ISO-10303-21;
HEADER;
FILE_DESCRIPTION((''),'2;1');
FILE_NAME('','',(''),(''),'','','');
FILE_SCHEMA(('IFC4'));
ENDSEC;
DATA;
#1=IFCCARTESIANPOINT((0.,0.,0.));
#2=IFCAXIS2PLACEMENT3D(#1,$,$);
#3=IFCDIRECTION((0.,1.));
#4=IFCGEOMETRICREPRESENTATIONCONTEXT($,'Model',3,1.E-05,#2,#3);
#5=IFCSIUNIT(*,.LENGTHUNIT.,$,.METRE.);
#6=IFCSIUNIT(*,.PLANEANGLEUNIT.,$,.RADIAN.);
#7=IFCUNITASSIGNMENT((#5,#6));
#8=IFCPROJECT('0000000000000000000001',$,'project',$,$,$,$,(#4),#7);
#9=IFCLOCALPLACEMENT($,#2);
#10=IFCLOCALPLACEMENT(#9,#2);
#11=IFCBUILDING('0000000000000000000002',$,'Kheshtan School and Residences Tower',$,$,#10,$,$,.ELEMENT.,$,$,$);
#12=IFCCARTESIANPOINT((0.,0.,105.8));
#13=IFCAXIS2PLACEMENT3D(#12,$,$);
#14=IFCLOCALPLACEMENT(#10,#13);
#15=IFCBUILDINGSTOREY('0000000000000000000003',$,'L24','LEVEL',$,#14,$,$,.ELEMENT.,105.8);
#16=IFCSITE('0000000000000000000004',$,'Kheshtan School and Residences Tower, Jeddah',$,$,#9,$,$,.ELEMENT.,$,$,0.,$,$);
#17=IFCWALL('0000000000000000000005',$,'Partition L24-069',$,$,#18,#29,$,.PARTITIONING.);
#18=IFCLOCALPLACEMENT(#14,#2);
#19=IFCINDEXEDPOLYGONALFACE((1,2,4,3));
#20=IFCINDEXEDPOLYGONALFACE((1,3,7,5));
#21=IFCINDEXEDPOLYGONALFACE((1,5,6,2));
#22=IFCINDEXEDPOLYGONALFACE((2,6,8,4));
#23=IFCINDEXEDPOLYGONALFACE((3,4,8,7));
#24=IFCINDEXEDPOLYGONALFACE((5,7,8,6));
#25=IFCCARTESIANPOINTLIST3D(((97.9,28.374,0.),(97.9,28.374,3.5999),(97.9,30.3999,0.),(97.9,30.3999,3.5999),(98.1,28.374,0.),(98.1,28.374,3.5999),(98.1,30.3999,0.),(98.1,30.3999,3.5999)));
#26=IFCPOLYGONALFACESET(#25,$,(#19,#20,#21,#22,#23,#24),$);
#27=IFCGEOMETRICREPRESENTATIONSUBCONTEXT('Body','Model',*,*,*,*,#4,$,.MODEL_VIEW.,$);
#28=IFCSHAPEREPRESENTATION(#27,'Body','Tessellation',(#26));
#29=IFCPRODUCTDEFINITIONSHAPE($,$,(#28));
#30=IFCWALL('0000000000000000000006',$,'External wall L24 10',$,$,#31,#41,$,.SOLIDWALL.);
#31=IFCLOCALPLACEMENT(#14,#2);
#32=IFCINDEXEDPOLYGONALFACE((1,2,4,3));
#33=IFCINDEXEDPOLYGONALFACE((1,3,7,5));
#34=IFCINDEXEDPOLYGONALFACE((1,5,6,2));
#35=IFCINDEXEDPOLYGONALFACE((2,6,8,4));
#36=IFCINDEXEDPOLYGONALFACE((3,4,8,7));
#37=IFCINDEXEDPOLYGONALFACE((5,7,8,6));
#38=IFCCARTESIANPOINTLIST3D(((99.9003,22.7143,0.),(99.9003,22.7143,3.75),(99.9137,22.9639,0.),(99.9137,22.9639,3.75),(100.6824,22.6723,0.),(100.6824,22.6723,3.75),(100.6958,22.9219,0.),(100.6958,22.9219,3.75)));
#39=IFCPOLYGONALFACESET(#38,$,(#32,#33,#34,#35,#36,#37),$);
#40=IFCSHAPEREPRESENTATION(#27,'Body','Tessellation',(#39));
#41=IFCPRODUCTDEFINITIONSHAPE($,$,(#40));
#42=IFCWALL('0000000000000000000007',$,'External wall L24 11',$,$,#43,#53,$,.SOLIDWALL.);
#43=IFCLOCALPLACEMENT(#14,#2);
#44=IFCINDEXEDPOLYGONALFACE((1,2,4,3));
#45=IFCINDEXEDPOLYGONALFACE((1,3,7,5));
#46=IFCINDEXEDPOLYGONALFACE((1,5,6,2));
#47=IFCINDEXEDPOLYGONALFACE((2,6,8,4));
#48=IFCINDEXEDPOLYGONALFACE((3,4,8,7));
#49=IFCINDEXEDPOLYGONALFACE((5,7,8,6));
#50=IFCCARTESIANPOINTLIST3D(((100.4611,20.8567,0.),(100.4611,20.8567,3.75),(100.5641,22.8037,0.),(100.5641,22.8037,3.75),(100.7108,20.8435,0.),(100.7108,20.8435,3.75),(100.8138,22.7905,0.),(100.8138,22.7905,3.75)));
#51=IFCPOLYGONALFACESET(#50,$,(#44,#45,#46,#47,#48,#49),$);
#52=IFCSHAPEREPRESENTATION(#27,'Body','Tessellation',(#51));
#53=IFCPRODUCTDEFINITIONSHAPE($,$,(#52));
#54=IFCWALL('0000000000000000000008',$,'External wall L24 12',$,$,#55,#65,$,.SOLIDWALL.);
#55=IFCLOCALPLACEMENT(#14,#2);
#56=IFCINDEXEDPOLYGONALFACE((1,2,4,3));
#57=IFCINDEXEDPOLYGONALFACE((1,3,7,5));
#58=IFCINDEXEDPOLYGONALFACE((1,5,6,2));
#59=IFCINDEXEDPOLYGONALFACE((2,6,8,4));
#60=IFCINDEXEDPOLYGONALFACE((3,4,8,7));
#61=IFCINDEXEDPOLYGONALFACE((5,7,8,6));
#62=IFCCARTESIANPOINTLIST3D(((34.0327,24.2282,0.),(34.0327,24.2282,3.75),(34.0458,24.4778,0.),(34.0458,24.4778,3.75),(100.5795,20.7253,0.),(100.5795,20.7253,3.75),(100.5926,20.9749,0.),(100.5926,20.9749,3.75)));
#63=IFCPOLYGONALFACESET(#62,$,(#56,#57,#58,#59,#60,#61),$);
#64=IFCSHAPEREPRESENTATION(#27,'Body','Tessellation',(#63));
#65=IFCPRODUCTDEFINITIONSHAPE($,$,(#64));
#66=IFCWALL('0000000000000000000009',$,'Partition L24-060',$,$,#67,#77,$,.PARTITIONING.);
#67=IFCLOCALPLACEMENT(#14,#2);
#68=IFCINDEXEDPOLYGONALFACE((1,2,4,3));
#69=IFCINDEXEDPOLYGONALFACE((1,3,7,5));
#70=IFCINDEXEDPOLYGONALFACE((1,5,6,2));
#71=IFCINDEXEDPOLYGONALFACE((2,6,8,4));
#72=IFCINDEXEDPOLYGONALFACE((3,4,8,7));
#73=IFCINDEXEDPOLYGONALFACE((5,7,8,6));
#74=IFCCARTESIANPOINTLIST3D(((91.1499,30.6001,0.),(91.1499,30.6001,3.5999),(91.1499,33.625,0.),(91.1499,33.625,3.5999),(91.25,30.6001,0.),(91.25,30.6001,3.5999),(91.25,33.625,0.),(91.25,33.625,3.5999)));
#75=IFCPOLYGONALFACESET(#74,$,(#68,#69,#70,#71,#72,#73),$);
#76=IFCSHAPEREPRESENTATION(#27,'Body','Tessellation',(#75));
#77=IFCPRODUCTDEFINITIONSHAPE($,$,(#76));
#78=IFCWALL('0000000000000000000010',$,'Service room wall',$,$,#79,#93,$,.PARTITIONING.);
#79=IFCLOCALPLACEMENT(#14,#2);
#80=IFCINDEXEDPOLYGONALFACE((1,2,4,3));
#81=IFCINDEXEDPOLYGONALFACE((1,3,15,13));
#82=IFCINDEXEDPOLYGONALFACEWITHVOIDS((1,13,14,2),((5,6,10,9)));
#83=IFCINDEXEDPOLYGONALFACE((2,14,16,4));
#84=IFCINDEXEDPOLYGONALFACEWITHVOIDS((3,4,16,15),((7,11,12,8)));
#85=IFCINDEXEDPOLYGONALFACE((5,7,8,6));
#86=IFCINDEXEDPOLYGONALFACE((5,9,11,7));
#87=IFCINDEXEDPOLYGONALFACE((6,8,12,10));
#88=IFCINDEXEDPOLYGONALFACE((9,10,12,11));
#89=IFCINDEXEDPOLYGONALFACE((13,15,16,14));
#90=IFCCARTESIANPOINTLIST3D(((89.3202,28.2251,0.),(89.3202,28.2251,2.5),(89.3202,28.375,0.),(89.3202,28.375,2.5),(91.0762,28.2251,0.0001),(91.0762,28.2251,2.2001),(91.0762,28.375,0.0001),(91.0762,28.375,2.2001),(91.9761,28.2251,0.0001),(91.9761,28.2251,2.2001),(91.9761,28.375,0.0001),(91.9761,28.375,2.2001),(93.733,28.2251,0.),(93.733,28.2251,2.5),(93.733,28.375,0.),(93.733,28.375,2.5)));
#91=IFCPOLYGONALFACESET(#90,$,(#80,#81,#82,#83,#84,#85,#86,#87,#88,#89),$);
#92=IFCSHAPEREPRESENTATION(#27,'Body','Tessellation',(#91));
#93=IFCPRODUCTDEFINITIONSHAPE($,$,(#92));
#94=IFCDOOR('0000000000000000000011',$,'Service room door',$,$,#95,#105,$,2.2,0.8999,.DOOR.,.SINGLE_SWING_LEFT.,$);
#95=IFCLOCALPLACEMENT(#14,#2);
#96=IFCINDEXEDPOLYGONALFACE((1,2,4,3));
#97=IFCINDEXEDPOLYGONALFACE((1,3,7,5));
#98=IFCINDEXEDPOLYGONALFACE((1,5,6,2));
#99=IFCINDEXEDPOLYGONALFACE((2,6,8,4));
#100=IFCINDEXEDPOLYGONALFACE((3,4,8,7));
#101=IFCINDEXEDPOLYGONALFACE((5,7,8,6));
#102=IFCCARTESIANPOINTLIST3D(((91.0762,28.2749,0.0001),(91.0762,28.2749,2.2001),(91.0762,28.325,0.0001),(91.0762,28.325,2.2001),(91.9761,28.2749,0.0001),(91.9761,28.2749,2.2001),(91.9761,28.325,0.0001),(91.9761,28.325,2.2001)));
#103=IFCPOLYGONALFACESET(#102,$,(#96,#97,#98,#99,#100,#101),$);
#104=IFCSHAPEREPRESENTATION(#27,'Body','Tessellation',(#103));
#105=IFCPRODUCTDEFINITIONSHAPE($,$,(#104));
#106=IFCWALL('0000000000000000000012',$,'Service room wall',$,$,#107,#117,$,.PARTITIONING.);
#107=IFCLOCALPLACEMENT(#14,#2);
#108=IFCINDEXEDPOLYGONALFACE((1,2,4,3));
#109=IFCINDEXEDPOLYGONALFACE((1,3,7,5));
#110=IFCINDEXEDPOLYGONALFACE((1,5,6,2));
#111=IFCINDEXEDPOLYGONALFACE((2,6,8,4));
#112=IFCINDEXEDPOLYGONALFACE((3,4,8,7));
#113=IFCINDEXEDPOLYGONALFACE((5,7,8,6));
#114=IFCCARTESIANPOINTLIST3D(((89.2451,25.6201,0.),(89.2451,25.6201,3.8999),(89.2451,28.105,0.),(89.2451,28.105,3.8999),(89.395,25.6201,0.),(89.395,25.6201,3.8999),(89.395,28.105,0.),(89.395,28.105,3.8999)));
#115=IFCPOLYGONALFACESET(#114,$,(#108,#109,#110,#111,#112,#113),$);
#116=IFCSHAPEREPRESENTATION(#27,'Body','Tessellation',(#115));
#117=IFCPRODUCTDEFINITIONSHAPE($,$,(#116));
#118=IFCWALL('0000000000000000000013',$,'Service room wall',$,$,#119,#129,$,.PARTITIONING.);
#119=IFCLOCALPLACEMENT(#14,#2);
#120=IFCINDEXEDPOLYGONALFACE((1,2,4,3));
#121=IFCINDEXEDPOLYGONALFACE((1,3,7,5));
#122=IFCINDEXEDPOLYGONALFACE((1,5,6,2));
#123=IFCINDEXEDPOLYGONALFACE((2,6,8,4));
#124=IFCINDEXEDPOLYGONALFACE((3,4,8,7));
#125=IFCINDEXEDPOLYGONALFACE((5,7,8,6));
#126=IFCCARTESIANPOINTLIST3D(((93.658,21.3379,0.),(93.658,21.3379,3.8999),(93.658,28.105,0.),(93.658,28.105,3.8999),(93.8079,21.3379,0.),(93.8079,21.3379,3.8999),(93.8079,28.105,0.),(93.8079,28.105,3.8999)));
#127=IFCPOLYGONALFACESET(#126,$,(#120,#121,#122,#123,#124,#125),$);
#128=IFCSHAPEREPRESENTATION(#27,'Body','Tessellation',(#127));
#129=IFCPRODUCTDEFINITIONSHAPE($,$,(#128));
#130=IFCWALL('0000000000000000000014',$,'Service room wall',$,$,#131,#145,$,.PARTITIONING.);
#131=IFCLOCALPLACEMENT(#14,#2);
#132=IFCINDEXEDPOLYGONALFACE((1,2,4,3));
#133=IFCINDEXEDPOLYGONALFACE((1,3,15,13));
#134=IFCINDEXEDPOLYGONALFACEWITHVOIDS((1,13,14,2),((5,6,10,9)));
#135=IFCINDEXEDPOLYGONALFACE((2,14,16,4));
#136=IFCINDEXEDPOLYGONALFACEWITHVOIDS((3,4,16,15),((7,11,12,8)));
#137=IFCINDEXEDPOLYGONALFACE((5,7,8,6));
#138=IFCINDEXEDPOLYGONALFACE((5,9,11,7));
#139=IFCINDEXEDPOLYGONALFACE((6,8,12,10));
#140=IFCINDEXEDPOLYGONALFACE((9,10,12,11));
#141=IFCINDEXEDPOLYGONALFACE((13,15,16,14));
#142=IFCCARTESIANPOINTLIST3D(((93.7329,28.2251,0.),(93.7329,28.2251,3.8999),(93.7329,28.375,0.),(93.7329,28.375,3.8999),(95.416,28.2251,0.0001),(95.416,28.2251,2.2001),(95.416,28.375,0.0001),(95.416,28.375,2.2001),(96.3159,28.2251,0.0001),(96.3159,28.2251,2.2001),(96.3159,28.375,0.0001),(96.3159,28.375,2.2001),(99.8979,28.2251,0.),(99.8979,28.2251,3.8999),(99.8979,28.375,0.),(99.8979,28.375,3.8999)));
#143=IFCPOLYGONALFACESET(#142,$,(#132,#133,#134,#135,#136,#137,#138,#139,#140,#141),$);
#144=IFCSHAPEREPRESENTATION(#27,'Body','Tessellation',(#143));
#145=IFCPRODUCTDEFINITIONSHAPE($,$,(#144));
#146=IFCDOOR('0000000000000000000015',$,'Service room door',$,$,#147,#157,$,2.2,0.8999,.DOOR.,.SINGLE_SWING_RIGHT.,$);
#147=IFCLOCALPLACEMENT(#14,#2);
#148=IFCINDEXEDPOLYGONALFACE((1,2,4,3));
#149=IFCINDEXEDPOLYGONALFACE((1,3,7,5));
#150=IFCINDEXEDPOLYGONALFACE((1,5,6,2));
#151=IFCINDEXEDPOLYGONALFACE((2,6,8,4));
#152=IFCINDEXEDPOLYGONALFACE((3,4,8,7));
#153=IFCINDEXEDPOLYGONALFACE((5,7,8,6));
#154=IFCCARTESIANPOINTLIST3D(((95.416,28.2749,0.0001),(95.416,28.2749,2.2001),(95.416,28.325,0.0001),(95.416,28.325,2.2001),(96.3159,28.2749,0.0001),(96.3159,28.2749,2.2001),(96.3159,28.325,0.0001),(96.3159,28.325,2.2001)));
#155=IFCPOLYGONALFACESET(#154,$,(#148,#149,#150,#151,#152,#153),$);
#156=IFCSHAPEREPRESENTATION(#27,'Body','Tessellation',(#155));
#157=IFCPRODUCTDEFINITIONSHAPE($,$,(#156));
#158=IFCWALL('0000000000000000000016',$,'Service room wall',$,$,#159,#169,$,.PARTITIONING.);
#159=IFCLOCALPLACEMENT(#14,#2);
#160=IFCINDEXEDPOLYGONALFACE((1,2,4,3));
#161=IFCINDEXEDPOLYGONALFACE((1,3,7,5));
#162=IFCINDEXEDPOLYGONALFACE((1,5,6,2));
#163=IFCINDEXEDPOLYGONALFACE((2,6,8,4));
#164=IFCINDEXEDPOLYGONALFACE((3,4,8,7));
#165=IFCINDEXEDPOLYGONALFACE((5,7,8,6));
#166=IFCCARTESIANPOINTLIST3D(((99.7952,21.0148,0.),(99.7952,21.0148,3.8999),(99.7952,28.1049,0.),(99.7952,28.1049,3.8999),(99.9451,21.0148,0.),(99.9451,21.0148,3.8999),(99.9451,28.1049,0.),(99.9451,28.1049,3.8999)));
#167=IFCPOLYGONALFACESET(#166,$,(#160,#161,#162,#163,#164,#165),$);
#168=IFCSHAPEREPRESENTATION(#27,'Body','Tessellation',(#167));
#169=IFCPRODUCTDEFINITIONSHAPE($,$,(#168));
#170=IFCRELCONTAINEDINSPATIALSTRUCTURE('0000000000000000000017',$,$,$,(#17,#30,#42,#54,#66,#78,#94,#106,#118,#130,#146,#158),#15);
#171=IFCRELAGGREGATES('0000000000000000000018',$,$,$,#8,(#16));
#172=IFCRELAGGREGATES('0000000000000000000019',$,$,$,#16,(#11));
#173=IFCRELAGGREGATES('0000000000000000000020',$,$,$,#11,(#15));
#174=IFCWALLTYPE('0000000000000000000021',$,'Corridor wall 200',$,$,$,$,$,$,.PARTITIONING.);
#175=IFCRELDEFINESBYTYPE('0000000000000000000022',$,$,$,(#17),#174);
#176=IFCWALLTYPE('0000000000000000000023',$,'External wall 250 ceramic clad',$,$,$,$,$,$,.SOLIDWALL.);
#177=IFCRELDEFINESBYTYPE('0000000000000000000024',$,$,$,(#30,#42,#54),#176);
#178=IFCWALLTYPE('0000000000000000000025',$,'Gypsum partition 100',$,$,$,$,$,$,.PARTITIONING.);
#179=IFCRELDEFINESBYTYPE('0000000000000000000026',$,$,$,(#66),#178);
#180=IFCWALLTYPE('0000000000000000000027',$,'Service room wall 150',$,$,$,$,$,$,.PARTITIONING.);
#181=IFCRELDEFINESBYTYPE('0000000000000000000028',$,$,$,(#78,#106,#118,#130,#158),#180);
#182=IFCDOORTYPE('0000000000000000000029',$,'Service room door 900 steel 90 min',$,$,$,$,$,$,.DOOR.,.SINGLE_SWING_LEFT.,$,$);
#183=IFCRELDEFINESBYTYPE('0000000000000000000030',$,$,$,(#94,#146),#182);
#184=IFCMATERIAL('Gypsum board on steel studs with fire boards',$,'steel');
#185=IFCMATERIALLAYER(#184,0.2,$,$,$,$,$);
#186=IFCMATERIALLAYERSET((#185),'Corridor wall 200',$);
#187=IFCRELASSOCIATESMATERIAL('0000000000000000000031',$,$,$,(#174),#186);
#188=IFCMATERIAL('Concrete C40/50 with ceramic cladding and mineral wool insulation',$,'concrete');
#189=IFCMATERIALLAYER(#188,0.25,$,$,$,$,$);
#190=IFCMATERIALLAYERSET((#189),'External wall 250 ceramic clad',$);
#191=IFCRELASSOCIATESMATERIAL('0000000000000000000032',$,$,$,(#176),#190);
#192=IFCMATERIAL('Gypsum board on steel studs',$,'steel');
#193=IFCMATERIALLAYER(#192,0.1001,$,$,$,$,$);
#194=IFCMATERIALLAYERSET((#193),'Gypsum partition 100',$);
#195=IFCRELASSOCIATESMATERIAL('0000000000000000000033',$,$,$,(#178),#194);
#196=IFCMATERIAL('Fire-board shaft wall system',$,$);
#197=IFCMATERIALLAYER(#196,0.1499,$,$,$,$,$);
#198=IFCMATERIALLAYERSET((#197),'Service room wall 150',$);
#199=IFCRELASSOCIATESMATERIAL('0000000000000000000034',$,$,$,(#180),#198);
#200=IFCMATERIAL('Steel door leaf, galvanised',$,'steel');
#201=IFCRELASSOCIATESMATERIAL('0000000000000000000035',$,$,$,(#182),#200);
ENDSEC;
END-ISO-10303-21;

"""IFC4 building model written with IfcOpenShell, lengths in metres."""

from ifc_helpers import new_model, si_unit, direction, frame, frame_2d, origin, place, context, subcontext, project, spatial, rectangle, extrude, source, transform, mapped, material, layer, layer_set, type_object, element, fill, save


model = new_model("IFC4")

# Units and contexts
model_context = context("Model", 3, precision=1e-05, world=origin(), true_north=direction((0.0, 1.0)))
body_context = subcontext(model_context, "Body", "Model", "MODEL_VIEW")
ifc_project = project(units=[si_unit("LENGTHUNIT", "METRE"), si_unit("PLANEANGLEUNIT", "RADIAN")], contexts=[model_context])

# Site, building, storey
site_placement = place(None, origin())
site = spatial("IfcSite", under=ifc_project, at=site_placement, Name="Kheshtan School and Residences Tower, Jeddah", CompositionType="ELEMENT", RefElevation=0.0)
building_placement = place(site_placement, origin())
building = spatial("IfcBuilding", under=site, at=building_placement, Name="Kheshtan School and Residences Tower", CompositionType="ELEMENT")
storey_placement = place(building_placement, frame((0.0, 0.0, 105.8)))
storey = spatial("IfcBuildingStorey", under=building, at=storey_placement, Name="L24", Description="LEVEL", CompositionType="ELEMENT", Elevation=105.8)

# Walls
ifc_material_1 = material(Name="Gypsum board on steel studs with fire boards", Category="steel")
ifc_layer_1 = layer(ifc_material_1, 0.2)
ifc_layer_set_1 = layer_set([ifc_layer_1], Name="Corridor wall 200")
wall_type_1 = type_object("IfcWallType", Name="Corridor wall 200", PredefinedType="PARTITIONING", material=ifc_layer_set_1)
wall_1_placement = place(storey_placement, frame((98.0, 28.374, 0.0), z_axis=(0.0, 0.0, 1.0), x_axis=(0.0, 1.0, 0.0)))
element("IfcWall", 1, at=wall_1_placement, inside=storey, type_object=wall_type_1, Name="Partition L24-069", PredefinedType="PARTITIONING", context=body_context, shape_type="SweptSolid", body=[
    extrude(rectangle(XDim=2.0259, YDim=0.2, at=frame_2d((1.0129, 0.0))), origin(), (0.0, 0.0, 1.0), 3.5999),
])
ifc_material_2 = material(Name="Concrete C40/50 with ceramic cladding and mineral wool insulation", Category="concrete")
ifc_layer_2 = layer(ifc_material_2, 0.25)
ifc_layer_set_2 = layer_set([ifc_layer_2], Name="External wall 250 ceramic clad")
wall_type_2 = type_object("IfcWallType", Name="External wall 250 ceramic clad", PredefinedType="SOLIDWALL", material=ifc_layer_set_2)
wall_2_placement = place(storey_placement, frame((99.907, 22.8391, 0.0), z_axis=(0.0, 0.0, 1.0), x_axis=(0.998561, -0.053622, 0.0)))
element("IfcWall", 2, at=wall_2_placement, inside=storey, type_object=wall_type_2, Name="External wall L24 10", PredefinedType="SOLIDWALL", context=body_context, shape_type="SweptSolid", body=[
    extrude(rectangle(XDim=0.7832, YDim=0.25, at=frame_2d((0.3916, 0.0))), origin(), (0.0, 0.0, 1.0), 3.75),
])
wall_3_placement = place(storey_placement, frame((100.689, 22.7971, 0.0), z_axis=(0.0, 0.0, 1.0), x_axis=(-0.052841, -0.998603, 0.0)))
element("IfcWall", 3, at=wall_3_placement, inside=storey, type_object=wall_type_2, Name="External wall L24 11", PredefinedType="SOLIDWALL", context=body_context, shape_type="SweptSolid", body=[
    extrude(rectangle(XDim=1.9497, YDim=0.25, at=frame_2d((0.9749, 0.0))), origin(), (0.0, 0.0, 1.0), 3.75),
])
wall_4_placement = place(storey_placement, frame((100.5859, 20.8501, 0.0), z_axis=(0.0, 0.0, 1.0), x_axis=(-0.998617, 0.052566, 0.0)))
element("IfcWall", 4, at=wall_4_placement, inside=storey, type_object=wall_type_2, Name="External wall L24 12", PredefinedType="SOLIDWALL", context=body_context, shape_type="SweptSolid", body=[
    extrude(rectangle(XDim=66.6389, YDim=0.25, at=frame_2d((33.3193, 0.0))), origin(), (0.0, 0.0, 1.0), 3.75),
])
ifc_material_3 = material(Name="Gypsum board on steel studs", Category="steel")
ifc_layer_3 = layer(ifc_material_3, 0.1001)
ifc_layer_set_3 = layer_set([ifc_layer_3], Name="Gypsum partition 100")
wall_type_3 = type_object("IfcWallType", Name="Gypsum partition 100", PredefinedType="PARTITIONING", material=ifc_layer_set_3)
wall_5_placement = place(storey_placement, frame((91.2, 30.6001, 0.0), z_axis=(0.0, 0.0, 1.0), x_axis=(0.0, 1.0, 0.0)))
element("IfcWall", 5, at=wall_5_placement, inside=storey, type_object=wall_type_3, Name="Partition L24-060", PredefinedType="PARTITIONING", context=body_context, shape_type="SweptSolid", body=[
    extrude(rectangle(XDim=3.0249, YDim=0.1001, at=frame_2d((1.5125, 0.0))), origin(), (0.0, 0.0, 1.0), 3.5999),
])

# Wall, opening, door
ifc_material_4 = material(Name="Fire-board shaft wall system")
ifc_layer_4 = layer(ifc_material_4, 0.1499)
ifc_layer_set_4 = layer_set([ifc_layer_4], Name="Service room wall 150")
wall_type_4 = type_object("IfcWallType", Name="Service room wall 150", PredefinedType="PARTITIONING", material=ifc_layer_set_4)
wall_6_placement = place(storey_placement, frame((89.3201, 28.3, 0.0), z_axis=(0.0, 0.0, 1.0), x_axis=(1.0, 0.0, 0.0)))
wall_6 = element("IfcWall", 6, at=wall_6_placement, inside=storey, type_object=wall_type_4, Name="Service room wall", PredefinedType="PARTITIONING", context=body_context, shape_type="SweptSolid", body=[
    extrude(rectangle(XDim=4.4128, YDim=0.1499, at=frame_2d((2.2065, 0.0))), origin(), (0.0, 0.0, 1.0), 2.5),
])
opening_1_placement = place(wall_6_placement, frame((1.7561, 0.0, 0.0)))
opening_1 = element("IfcOpeningElement", 7, at=opening_1_placement, cuts=wall_6, PredefinedType="OPENING", context=body_context, shape_type="SweptSolid", body=[
    extrude(rectangle(XDim=0.8999, YDim=2.2, at=frame_2d((0.45, 1.1001))), frame((0.0, 0.085, 0.0), z_axis=(0.0, -1.0, 0.0), x_axis=(1.0, 0.0, 0.0)), (0.0, 0.0, 1.0), 0.1699),
])
ifc_material_5 = material(Name="Steel door leaf, galvanised", Category="steel")
door_type = type_object("IfcDoorType", Name="Service room door 900 steel 90 min", OperationType="SINGLE_SWING_LEFT", PredefinedType="DOOR", material=ifc_material_5)
shared_shape = source(origin(), body_context, "Body", "SweptSolid", [
    extrude(rectangle(XDim=0.8999, YDim=2.2, at=frame_2d((0.45, 1.1001))), frame((0.0, 0.0249, 0.0), z_axis=(0.0, -1.0, 0.0), x_axis=(1.0, 0.0, 0.0)), (0.0, 0.0, 1.0), 0.05),
])
door_1_placement = place(opening_1_placement, origin())
door_1 = element("IfcDoor", 8, at=door_1_placement, inside=storey, type_object=door_type, Name="Service room door", OperationType="SINGLE_SWING_LEFT", OverallHeight=2.2, OverallWidth=0.8999, PredefinedType="DOOR", context=body_context, shape_type="MappedRepresentation", body=[
    mapped(shared_shape, transform((0.0, 0.0, 0.0), x_axis=(1.0, 0.0, 0.0), y_axis=(0.0, 1.0, 0.0), z_axis=(0.0, 0.0, 1.0), scale=1.0)),
])
fill(opening_1, door_1)

# Walls
wall_7_placement = place(storey_placement, frame((89.3201, 25.6201, 0.0), z_axis=(0.0, 0.0, 1.0), x_axis=(0.0, 1.0, 0.0)))
element("IfcWall", 9, at=wall_7_placement, inside=storey, type_object=wall_type_4, Name="Service room wall", PredefinedType="PARTITIONING", context=body_context, shape_type="SweptSolid", body=[
    extrude(rectangle(XDim=2.4849, YDim=0.1499, at=frame_2d((1.2424, 0.0))), origin(), (0.0, 0.0, 1.0), 3.8999),
])
wall_8_placement = place(storey_placement, frame((93.7329, 21.3379, 0.0), z_axis=(0.0, 0.0, 1.0), x_axis=(0.0, 1.0, 0.0)))
element("IfcWall", 10, at=wall_8_placement, inside=storey, type_object=wall_type_4, Name="Service room wall", PredefinedType="PARTITIONING", context=body_context, shape_type="SweptSolid", body=[
    extrude(rectangle(XDim=6.7671, YDim=0.1499, at=frame_2d((3.3835, 0.0))), origin(), (0.0, 0.0, 1.0), 3.8999),
])

# Wall, opening, door
wall_9_placement = place(storey_placement, frame((93.7329, 28.3, 0.0), z_axis=(0.0, 0.0, 1.0), x_axis=(1.0, 0.0, 0.0)))
wall_9 = element("IfcWall", 11, at=wall_9_placement, inside=storey, type_object=wall_type_4, Name="Service room wall", PredefinedType="PARTITIONING", context=body_context, shape_type="SweptSolid", body=[
    extrude(rectangle(XDim=6.165, YDim=0.1499, at=frame_2d((3.0825, 0.0))), origin(), (0.0, 0.0, 1.0), 3.8999),
])
opening_2_placement = place(wall_9_placement, frame((1.6831, 0.0, 0.0)))
opening_2 = element("IfcOpeningElement", 12, at=opening_2_placement, cuts=wall_9, PredefinedType="OPENING", context=body_context, shape_type="SweptSolid", body=[
    extrude(rectangle(XDim=0.8999, YDim=2.2, at=frame_2d((0.45, 1.1001))), frame((0.0, 0.085, 0.0), z_axis=(0.0, -1.0, 0.0), x_axis=(1.0, 0.0, 0.0)), (0.0, 0.0, 1.0), 0.1699),
])
door_2_placement = place(opening_2_placement, origin())
door_2 = element("IfcDoor", 13, at=door_2_placement, inside=storey, type_object=door_type, Name="Service room door", OperationType="SINGLE_SWING_RIGHT", OverallHeight=2.2, OverallWidth=0.8999, PredefinedType="DOOR", context=body_context, shape_type="MappedRepresentation", body=[
    mapped(shared_shape, transform((0.0, 0.0, 0.0), x_axis=(1.0, 0.0, 0.0), y_axis=(0.0, 1.0, 0.0), z_axis=(0.0, 0.0, 1.0), scale=1.0)),
])
fill(opening_2, door_2)

# Wall
wall_10_placement = place(storey_placement, frame((99.8701, 21.0149, 0.0), z_axis=(0.0, 0.0, 1.0), x_axis=(0.0, 1.0, 0.0)))
element("IfcWall", 14, at=wall_10_placement, inside=storey, type_object=wall_type_4, Name="Service room wall", PredefinedType="PARTITIONING", context=body_context, shape_type="SweptSolid", body=[
    extrude(rectangle(XDim=7.0901, YDim=0.1499, at=frame_2d((3.5449, 0.0))), origin(), (0.0, 0.0, 1.0), 3.8999),
])

save(model, "model.ifc")
